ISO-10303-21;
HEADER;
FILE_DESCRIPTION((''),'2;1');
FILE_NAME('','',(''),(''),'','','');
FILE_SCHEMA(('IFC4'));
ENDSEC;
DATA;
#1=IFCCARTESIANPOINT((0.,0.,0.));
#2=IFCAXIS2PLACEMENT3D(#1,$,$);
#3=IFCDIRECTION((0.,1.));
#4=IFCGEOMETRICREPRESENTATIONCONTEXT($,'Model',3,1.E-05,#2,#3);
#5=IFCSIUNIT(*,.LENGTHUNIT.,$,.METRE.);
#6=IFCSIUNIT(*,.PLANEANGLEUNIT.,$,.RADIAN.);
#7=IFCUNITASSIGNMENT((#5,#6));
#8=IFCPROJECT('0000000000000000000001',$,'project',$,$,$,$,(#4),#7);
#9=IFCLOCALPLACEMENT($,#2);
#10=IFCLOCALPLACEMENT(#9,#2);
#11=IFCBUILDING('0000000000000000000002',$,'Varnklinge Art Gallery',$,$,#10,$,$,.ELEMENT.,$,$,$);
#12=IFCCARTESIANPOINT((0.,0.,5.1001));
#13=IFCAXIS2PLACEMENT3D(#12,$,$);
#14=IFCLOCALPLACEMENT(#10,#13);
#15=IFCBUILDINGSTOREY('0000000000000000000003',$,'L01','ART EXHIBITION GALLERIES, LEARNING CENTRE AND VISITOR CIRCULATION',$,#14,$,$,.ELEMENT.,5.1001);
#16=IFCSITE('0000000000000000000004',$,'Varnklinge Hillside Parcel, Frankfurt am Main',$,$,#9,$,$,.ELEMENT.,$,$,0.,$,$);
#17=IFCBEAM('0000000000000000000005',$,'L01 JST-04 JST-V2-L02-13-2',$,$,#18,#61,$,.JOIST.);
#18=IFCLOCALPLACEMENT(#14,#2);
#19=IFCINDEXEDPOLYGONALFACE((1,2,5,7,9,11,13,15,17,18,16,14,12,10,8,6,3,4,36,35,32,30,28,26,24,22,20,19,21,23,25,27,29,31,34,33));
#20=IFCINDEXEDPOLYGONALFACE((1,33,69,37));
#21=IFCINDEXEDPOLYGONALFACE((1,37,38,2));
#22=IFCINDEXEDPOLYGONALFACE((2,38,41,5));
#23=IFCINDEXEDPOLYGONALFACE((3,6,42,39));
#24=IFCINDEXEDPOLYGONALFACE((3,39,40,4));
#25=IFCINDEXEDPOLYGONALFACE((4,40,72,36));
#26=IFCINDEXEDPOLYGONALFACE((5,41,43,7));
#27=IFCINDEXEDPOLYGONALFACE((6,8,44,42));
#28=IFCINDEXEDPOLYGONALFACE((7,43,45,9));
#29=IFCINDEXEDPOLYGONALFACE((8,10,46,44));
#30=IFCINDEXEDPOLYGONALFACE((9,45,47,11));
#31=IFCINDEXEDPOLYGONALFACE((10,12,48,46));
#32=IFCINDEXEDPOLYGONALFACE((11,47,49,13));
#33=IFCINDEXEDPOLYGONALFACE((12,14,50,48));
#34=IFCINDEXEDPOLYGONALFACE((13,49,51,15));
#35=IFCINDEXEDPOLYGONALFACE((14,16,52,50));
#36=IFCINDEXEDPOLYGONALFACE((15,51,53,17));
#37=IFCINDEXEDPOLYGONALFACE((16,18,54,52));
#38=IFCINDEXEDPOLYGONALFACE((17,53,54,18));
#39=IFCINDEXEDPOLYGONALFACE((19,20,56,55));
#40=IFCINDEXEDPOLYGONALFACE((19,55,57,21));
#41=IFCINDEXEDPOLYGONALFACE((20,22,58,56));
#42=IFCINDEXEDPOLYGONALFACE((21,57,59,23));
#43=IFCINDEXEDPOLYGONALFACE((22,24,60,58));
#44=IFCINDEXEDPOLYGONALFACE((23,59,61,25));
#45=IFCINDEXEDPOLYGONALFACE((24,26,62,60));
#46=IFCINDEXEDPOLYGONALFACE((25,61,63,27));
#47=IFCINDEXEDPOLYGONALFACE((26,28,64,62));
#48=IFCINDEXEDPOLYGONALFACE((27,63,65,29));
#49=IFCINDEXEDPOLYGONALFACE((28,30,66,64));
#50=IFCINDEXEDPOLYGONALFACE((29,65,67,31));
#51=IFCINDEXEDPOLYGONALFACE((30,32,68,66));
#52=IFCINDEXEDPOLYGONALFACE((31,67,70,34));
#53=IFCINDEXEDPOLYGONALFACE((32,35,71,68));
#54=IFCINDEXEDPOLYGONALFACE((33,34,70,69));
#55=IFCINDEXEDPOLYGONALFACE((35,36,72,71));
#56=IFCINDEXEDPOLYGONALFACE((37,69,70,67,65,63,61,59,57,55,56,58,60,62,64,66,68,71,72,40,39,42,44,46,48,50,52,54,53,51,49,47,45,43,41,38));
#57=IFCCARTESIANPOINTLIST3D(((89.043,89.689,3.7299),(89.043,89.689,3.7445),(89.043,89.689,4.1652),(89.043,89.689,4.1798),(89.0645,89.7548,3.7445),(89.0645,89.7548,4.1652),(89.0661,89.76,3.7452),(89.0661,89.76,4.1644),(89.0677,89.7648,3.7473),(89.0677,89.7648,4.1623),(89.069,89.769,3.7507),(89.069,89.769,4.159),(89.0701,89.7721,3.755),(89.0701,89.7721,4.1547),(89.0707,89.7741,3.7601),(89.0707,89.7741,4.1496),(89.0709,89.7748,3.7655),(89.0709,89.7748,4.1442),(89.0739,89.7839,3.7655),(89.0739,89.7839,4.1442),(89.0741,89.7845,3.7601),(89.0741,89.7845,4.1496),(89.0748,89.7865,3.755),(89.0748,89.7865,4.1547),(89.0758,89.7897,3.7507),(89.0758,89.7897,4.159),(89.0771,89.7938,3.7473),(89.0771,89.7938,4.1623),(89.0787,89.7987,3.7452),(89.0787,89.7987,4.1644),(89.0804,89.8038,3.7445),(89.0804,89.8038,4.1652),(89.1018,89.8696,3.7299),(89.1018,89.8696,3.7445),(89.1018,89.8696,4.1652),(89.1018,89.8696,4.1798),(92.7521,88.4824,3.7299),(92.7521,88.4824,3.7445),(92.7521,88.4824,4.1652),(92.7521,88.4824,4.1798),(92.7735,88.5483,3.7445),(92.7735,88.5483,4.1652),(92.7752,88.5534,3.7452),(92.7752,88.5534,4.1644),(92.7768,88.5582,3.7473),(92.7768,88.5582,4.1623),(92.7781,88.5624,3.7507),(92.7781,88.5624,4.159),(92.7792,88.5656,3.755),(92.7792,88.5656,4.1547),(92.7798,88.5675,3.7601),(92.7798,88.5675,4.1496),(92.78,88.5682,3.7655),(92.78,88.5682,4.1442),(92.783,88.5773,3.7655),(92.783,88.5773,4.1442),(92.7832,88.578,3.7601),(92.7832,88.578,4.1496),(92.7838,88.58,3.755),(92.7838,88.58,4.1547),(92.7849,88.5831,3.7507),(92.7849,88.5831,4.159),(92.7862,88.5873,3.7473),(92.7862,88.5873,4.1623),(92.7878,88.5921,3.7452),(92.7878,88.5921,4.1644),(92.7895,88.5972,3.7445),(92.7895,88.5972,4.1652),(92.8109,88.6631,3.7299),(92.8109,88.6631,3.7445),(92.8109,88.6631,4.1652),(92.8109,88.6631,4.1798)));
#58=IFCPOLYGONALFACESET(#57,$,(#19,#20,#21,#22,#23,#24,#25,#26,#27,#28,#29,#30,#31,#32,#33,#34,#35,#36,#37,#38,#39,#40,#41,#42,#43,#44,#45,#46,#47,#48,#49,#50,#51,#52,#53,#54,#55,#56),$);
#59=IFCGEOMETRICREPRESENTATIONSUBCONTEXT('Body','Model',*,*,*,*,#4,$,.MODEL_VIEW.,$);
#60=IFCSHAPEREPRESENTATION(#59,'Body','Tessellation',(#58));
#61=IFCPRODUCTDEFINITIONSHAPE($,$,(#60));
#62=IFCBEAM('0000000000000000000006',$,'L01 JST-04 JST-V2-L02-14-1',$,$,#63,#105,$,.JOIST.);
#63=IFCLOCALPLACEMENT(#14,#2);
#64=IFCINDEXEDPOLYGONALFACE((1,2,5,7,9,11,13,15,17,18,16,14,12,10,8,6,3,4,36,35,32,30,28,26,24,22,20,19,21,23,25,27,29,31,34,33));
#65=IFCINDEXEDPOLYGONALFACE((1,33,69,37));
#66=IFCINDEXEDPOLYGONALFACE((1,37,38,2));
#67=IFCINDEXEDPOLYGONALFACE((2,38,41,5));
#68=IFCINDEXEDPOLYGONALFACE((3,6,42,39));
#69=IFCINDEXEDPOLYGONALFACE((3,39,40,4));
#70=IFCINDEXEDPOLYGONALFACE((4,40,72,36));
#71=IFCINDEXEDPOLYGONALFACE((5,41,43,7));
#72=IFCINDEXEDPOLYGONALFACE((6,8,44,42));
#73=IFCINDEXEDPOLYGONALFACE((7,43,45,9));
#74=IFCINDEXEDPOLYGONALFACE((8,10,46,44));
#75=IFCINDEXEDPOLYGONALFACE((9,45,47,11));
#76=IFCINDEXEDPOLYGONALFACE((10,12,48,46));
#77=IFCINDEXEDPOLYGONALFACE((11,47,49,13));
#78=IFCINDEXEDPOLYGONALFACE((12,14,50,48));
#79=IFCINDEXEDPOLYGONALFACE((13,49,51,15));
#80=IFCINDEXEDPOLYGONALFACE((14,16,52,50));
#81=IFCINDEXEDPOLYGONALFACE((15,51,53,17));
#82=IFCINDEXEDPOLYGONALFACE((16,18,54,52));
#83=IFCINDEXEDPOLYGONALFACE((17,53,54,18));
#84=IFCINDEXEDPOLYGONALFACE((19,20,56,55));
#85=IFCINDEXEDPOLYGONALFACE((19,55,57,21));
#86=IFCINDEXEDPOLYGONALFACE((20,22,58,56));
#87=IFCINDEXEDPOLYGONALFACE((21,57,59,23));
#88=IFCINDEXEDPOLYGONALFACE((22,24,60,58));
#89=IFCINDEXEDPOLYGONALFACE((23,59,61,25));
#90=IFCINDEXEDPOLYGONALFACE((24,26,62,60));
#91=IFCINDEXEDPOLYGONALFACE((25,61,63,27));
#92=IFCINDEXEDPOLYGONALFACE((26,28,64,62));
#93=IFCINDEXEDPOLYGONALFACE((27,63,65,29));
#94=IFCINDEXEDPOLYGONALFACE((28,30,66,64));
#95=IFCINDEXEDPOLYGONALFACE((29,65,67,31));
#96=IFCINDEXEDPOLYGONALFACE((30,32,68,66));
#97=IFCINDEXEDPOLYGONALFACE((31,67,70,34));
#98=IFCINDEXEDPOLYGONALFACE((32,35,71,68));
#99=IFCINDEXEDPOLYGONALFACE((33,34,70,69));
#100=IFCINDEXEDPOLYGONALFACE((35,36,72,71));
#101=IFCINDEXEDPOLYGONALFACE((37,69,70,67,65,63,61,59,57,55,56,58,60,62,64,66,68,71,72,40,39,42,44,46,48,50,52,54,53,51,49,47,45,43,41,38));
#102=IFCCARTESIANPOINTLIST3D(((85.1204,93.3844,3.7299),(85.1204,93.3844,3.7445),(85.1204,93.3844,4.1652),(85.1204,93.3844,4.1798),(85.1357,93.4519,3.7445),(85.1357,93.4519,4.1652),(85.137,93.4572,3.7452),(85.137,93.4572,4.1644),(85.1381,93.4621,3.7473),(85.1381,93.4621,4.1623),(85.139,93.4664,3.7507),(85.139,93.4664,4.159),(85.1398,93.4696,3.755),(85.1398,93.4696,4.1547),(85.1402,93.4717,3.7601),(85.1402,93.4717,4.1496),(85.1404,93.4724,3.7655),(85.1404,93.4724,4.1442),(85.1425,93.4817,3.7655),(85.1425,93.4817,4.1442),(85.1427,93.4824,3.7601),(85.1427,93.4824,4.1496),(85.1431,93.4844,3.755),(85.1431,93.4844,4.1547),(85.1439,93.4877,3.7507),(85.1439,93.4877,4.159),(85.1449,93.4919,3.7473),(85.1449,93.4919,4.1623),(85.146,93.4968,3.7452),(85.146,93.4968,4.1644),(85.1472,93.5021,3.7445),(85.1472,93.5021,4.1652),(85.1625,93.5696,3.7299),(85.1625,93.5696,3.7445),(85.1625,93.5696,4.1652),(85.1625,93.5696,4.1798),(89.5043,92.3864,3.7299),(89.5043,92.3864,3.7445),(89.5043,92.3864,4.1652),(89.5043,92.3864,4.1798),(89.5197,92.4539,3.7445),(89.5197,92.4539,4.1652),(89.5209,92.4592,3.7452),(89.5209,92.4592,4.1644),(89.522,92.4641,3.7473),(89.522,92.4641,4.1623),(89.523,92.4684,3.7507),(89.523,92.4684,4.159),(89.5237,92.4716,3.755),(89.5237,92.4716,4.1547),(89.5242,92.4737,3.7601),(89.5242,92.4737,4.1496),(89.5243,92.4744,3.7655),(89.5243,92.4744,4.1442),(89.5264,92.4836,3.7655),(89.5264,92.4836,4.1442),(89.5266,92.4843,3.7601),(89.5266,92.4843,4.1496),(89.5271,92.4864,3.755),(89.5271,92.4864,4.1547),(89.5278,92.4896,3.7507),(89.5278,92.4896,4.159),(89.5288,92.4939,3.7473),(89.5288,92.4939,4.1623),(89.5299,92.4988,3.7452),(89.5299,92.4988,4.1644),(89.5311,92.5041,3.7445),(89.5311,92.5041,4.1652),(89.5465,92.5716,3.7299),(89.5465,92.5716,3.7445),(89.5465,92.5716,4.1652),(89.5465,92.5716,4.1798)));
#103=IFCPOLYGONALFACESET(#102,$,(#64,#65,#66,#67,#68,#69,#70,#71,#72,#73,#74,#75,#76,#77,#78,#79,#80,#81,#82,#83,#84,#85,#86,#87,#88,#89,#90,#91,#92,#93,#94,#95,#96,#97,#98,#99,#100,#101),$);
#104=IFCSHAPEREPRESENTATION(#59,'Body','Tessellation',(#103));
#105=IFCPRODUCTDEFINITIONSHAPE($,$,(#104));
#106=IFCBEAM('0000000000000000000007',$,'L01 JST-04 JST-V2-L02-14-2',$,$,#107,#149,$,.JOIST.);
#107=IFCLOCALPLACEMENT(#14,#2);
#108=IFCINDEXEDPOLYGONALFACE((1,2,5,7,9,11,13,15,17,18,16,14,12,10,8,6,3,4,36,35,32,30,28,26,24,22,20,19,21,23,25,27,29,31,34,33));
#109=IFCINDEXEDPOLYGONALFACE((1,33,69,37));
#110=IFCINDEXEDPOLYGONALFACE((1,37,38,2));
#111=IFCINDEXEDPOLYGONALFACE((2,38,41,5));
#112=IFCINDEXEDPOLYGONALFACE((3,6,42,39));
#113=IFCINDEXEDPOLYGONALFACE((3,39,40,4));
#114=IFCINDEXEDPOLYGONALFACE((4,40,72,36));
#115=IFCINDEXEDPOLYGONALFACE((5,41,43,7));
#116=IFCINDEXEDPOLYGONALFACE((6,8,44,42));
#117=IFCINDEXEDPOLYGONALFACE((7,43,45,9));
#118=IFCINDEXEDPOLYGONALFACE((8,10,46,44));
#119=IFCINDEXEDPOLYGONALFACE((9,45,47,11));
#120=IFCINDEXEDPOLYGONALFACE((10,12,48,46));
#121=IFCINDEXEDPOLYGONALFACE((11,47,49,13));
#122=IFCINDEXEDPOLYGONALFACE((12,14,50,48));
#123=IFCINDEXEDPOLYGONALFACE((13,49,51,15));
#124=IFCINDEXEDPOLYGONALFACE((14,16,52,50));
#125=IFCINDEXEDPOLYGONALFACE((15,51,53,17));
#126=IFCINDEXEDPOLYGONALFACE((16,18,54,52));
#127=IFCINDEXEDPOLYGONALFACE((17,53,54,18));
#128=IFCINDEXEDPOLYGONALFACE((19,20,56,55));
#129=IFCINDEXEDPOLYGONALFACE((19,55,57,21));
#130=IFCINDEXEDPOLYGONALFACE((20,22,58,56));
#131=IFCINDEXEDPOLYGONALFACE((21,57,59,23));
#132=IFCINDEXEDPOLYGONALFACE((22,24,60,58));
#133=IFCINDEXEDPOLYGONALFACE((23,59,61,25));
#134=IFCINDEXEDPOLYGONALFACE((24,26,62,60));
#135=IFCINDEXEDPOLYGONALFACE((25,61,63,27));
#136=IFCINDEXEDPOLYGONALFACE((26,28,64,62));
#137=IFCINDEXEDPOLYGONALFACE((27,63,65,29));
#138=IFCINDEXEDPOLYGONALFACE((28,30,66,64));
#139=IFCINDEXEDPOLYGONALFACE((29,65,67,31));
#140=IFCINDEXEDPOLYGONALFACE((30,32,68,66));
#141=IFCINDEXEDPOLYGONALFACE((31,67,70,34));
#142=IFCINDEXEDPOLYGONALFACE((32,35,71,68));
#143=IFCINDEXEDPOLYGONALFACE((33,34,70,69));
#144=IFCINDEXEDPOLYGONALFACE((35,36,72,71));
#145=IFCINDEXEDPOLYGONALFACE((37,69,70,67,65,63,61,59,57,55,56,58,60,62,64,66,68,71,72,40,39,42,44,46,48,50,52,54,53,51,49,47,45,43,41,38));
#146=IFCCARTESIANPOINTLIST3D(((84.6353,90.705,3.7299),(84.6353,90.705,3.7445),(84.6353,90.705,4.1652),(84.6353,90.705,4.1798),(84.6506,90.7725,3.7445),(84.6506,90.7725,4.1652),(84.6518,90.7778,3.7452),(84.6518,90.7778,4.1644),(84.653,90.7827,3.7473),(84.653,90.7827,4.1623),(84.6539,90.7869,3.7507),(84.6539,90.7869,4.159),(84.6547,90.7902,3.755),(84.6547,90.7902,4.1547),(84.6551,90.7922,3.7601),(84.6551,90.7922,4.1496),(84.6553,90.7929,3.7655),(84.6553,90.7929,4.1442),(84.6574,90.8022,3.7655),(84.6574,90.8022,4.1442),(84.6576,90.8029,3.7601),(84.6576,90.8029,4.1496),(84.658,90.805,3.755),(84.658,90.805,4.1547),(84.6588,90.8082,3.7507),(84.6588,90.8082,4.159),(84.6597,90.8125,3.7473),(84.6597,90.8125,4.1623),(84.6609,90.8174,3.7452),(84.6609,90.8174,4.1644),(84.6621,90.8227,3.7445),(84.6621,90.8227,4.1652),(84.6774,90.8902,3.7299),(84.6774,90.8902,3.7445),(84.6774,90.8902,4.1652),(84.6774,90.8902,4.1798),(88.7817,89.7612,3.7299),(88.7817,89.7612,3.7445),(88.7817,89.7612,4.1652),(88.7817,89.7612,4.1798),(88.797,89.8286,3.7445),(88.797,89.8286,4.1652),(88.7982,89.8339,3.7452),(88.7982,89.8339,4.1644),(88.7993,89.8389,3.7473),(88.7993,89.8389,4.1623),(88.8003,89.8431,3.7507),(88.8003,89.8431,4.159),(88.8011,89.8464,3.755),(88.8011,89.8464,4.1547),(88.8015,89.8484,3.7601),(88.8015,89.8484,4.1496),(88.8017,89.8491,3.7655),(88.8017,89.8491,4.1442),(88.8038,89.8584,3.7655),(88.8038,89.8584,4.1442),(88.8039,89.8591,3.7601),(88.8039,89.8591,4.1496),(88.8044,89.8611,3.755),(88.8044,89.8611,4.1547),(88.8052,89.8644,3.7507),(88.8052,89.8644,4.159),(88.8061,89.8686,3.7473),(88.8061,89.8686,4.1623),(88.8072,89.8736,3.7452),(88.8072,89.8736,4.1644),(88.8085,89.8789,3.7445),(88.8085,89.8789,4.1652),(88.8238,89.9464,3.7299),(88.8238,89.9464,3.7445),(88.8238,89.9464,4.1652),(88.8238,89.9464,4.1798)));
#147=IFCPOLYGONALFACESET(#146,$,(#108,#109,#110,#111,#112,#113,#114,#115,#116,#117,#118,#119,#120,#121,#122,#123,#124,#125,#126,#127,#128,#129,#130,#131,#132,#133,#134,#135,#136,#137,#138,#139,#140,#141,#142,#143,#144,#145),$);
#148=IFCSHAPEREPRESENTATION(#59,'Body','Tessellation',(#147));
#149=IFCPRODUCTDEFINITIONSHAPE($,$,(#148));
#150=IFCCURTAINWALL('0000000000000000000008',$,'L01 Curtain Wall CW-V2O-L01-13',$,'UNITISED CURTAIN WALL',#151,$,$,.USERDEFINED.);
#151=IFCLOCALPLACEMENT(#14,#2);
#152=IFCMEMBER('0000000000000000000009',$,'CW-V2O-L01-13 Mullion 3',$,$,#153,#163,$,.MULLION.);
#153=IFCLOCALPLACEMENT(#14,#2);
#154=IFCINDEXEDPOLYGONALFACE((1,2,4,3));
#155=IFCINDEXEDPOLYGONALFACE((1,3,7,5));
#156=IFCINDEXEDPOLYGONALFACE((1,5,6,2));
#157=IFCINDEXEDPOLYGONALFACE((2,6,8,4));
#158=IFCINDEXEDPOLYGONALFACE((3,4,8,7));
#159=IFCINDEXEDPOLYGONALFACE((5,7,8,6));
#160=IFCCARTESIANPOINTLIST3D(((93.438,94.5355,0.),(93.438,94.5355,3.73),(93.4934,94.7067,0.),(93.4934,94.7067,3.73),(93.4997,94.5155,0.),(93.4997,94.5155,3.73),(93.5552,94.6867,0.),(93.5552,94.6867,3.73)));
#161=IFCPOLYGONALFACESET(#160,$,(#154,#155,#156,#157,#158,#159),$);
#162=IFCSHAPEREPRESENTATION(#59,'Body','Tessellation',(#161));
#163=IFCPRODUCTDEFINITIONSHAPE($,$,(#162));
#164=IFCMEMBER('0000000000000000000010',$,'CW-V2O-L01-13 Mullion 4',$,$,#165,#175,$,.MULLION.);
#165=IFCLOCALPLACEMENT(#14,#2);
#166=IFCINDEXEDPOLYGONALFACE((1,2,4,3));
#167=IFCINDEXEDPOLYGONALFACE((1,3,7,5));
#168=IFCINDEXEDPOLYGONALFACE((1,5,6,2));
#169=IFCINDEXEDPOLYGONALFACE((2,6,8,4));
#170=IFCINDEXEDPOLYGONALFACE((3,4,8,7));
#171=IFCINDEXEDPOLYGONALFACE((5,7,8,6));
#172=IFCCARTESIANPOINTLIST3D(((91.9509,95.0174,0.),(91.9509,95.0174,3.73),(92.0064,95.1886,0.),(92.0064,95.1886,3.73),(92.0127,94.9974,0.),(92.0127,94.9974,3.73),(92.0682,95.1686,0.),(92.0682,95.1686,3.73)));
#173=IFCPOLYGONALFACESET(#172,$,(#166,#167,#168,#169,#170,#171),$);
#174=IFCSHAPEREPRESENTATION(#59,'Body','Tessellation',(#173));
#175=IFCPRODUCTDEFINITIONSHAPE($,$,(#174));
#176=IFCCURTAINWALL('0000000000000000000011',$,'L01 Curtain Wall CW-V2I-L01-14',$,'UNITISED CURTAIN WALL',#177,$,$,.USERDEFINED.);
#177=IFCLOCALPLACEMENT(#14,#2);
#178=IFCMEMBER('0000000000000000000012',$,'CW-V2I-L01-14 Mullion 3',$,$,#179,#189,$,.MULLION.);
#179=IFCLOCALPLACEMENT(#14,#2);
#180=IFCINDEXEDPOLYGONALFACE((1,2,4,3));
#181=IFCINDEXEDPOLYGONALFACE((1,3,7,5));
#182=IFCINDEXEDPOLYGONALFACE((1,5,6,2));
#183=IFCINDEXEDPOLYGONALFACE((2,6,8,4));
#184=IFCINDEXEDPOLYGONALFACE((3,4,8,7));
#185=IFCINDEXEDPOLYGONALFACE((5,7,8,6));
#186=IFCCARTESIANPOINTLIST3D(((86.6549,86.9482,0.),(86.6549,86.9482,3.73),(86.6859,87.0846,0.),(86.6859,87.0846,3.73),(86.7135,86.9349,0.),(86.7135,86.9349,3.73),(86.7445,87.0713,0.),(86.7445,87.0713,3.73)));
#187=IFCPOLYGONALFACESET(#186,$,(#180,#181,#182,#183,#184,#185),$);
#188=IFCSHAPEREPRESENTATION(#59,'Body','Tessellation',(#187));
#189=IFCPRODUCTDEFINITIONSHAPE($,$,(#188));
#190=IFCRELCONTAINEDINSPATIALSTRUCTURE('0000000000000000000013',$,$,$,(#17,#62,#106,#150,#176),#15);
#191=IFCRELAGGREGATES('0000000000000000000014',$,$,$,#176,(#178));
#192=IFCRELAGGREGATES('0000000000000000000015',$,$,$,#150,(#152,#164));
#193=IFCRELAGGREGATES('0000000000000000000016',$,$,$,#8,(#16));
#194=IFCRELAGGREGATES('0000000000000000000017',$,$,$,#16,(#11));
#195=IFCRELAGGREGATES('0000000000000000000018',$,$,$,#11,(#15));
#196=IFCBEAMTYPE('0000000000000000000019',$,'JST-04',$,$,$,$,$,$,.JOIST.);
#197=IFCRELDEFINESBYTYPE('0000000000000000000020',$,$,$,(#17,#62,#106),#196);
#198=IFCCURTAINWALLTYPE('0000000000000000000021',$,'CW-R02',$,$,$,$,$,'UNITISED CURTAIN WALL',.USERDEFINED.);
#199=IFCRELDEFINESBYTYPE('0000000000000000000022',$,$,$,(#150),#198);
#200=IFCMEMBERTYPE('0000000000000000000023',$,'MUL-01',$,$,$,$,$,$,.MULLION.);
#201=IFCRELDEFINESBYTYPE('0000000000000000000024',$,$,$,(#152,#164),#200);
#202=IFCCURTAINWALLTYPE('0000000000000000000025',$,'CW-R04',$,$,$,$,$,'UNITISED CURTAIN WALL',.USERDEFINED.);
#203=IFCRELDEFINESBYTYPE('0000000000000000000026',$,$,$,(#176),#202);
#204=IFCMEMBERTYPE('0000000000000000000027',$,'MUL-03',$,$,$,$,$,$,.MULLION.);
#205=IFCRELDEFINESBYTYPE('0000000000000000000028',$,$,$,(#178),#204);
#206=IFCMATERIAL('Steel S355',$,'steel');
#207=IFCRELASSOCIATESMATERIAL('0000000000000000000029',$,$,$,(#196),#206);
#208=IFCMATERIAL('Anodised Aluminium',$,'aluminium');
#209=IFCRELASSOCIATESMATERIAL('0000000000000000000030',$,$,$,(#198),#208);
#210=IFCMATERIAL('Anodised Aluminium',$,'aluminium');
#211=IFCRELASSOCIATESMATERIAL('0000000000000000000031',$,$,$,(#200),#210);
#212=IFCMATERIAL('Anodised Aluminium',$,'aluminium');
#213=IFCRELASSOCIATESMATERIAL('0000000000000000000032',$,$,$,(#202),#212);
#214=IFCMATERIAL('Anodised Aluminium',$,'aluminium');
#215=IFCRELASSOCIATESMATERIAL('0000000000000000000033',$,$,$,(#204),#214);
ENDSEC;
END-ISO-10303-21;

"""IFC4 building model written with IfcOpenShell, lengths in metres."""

from ifc_helpers import new_model, si_unit, direction, frame, origin, origin_2d, place, context, subcontext, project, spatial, rectangle, i_section, extrude, material, material_profile, profile_set, type_object, element, aggregate, save


model = new_model("IFC4")

# Units and contexts
model_context = context("Model", 3, precision=1e-05, world=origin(), true_north=direction((0.0, 1.0)))
body_context = subcontext(model_context, "Body", "Model", "MODEL_VIEW")
ifc_project = project(units=[si_unit("LENGTHUNIT", "METRE"), si_unit("PLANEANGLEUNIT", "RADIAN")], contexts=[model_context])

# Site, building, storey
site_placement = place(None, origin())
site = spatial("IfcSite", under=ifc_project, at=site_placement, Name="Varnklinge Hillside Parcel, Frankfurt am Main", CompositionType="ELEMENT", RefElevation=0.0)
building_placement = place(site_placement, origin())
building = spatial("IfcBuilding", under=site, at=building_placement, Name="Varnklinge Art Gallery", CompositionType="ELEMENT")
storey_placement = place(building_placement, frame((0.0, 0.0, 5.1001)))
storey = spatial("IfcBuildingStorey", under=building, at=storey_placement, Name="L01", Description="ART EXHIBITION GALLERIES, LEARNING CENTRE AND VISITOR CIRCULATION", CompositionType="ELEMENT", Elevation=5.1001)

# Beams
ifc_material_1 = material(Name="Steel S355", Category="steel")
ifc_material_profile_1 = material_profile(ifc_material_1, i_section(OverallWidth=0.1899, OverallDepth=0.45, WebThickness=0.0095, FlangeThickness=0.0146, FilletRadius=0.021, at=origin_2d()), Name="IPE 450")
ifc_profile_set_1 = profile_set([ifc_material_profile_1], Name="Steel S355")
beam_type_1 = type_object("IfcBeamType", Name="JST-04", PredefinedType="JOIST", material=ifc_profile_set_1)
beam_1_placement = place(storey_placement, frame((92.7815, 88.5728, 3.9548), z_axis=(-0.950949, 0.309346, 0.0), x_axis=(-0.309346, -0.950949, 0.0)))
element("IfcBeam", 1, at=beam_1_placement, inside=storey, type_object=beam_type_1, Name="L01 JST-04 JST-V2-L02-13-2", PredefinedType="JOIST", context=body_context, shape_type="SweptSolid", body=[
    extrude(i_section(OverallWidth=0.1899, OverallDepth=0.45, WebThickness=0.0095, FlangeThickness=0.0146, FilletRadius=0.021, at=origin_2d()), origin(), (0.0, 0.0, 1.0), 3.9004),
])
beam_2_placement = place(storey_placement, frame((89.5254, 92.479, 3.9548), z_axis=(-0.975052, 0.221975, 0.0), x_axis=(-0.221975, -0.975052, 0.0)))
element("IfcBeam", 2, at=beam_2_placement, inside=storey, type_object=beam_type_1, Name="L01 JST-04 JST-V2-L02-14-1", PredefinedType="JOIST", context=body_context, shape_type="SweptSolid", body=[
    extrude(i_section(OverallWidth=0.1899, OverallDepth=0.45, WebThickness=0.0095, FlangeThickness=0.0146, FilletRadius=0.021, at=origin_2d()), origin(), (0.0, 0.0, 1.0), 4.4961),
])
beam_3_placement = place(storey_placement, frame((88.8027, 89.8538, 3.9548), z_axis=(-0.975058, 0.221949, 0.0), x_axis=(-0.221949, -0.975058, 0.0)))
element("IfcBeam", 3, at=beam_3_placement, inside=storey, type_object=beam_type_1, Name="L01 JST-04 JST-V2-L02-14-2", PredefinedType="JOIST", context=body_context, shape_type="SweptSolid", body=[
    extrude(i_section(OverallWidth=0.1899, OverallDepth=0.45, WebThickness=0.0095, FlangeThickness=0.0146, FilletRadius=0.021, at=origin_2d()), origin(), (0.0, 0.0, 1.0), 4.2524),
])

# Curtain walls, members
ifc_material_2 = material(Name="Anodised Aluminium", Category="aluminium")
curtain_wall_type_1 = type_object("IfcCurtainWallType", Name="CW-R02", ElementType="UNITISED CURTAIN WALL", PredefinedType="USERDEFINED", material=ifc_material_2)
curtain_wall_1_placement = place(storey_placement, origin())
curtain_wall_1 = element("IfcCurtainWall", 4, at=curtain_wall_1_placement, inside=storey, type_object=curtain_wall_type_1, Name="L01 Curtain Wall CW-V2O-L01-13", ObjectType="UNITISED CURTAIN WALL", PredefinedType="USERDEFINED")
ifc_material_3 = material(Name="Anodised Aluminium", Category="aluminium")
ifc_material_profile_2 = material_profile(ifc_material_3, rectangle(XDim=0.0649, YDim=0.1799, at=origin_2d()), Name="ALU 65x180")
ifc_profile_set_2 = profile_set([ifc_material_profile_2], Name="Anodised Aluminium")
member_type_1 = type_object("IfcMemberType", Name="MUL-01", PredefinedType="MULLION", material=ifc_profile_set_2)
member_1_placement = place(storey_placement, frame((93.4966, 94.6111, 0.0), z_axis=(0.0, 0.0, 1.0), x_axis=(-0.951272, 0.308353, 0.0)))
member_1 = element("IfcMember", 5, at=member_1_placement, type_object=member_type_1, Name="CW-V2O-L01-13 Mullion 3", PredefinedType="MULLION", context=body_context, shape_type="SweptSolid", body=[
    extrude(rectangle(XDim=0.0649, YDim=0.1799, at=origin_2d()), origin(), (0.0, 0.0, 1.0), 3.73),
])
member_2_placement = place(storey_placement, frame((92.0095, 95.093, 0.0), z_axis=(0.0, 0.0, 1.0), x_axis=(-0.951272, 0.308353, 0.0)))
member_2 = element("IfcMember", 6, at=member_2_placement, type_object=member_type_1, Name="CW-V2O-L01-13 Mullion 4", PredefinedType="MULLION", context=body_context, shape_type="SweptSolid", body=[
    extrude(rectangle(XDim=0.0649, YDim=0.1799, at=origin_2d()), origin(), (0.0, 0.0, 1.0), 3.73),
])
ifc_material_4 = material(Name="Anodised Aluminium", Category="aluminium")
curtain_wall_type_2 = type_object("IfcCurtainWallType", Name="CW-R04", ElementType="UNITISED CURTAIN WALL", PredefinedType="USERDEFINED", material=ifc_material_4)
curtain_wall_2_placement = place(storey_placement, origin())
curtain_wall_2 = element("IfcCurtainWall", 7, at=curtain_wall_2_placement, inside=storey, type_object=curtain_wall_type_2, Name="L01 Curtain Wall CW-V2I-L01-14", ObjectType="UNITISED CURTAIN WALL", PredefinedType="USERDEFINED")
ifc_material_5 = material(Name="Anodised Aluminium", Category="aluminium")
ifc_material_profile_3 = material_profile(ifc_material_5, rectangle(XDim=0.0601, YDim=0.1399, at=origin_2d()), Name="ALU 60x140")
ifc_profile_set_3 = profile_set([ifc_material_profile_3], Name="Anodised Aluminium")
member_type_2 = type_object("IfcMemberType", Name="MUL-03", PredefinedType="MULLION", material=ifc_profile_set_3)
member_3_placement = place(storey_placement, frame((86.6997, 87.0098, 0.0), z_axis=(0.0, 0.0, 1.0), x_axis=(0.975072, -0.221889, 0.0)))
member_3 = element("IfcMember", 8, at=member_3_placement, type_object=member_type_2, Name="CW-V2I-L01-14 Mullion 3", PredefinedType="MULLION", context=body_context, shape_type="SweptSolid", body=[
    extrude(rectangle(XDim=0.0601, YDim=0.1399, at=origin_2d()), origin(), (0.0, 0.0, 1.0), 3.73),
])

aggregate(curtain_wall_2, [member_3])
aggregate(curtain_wall_1, [member_1, member_2])

save(model, "model.ifc")
